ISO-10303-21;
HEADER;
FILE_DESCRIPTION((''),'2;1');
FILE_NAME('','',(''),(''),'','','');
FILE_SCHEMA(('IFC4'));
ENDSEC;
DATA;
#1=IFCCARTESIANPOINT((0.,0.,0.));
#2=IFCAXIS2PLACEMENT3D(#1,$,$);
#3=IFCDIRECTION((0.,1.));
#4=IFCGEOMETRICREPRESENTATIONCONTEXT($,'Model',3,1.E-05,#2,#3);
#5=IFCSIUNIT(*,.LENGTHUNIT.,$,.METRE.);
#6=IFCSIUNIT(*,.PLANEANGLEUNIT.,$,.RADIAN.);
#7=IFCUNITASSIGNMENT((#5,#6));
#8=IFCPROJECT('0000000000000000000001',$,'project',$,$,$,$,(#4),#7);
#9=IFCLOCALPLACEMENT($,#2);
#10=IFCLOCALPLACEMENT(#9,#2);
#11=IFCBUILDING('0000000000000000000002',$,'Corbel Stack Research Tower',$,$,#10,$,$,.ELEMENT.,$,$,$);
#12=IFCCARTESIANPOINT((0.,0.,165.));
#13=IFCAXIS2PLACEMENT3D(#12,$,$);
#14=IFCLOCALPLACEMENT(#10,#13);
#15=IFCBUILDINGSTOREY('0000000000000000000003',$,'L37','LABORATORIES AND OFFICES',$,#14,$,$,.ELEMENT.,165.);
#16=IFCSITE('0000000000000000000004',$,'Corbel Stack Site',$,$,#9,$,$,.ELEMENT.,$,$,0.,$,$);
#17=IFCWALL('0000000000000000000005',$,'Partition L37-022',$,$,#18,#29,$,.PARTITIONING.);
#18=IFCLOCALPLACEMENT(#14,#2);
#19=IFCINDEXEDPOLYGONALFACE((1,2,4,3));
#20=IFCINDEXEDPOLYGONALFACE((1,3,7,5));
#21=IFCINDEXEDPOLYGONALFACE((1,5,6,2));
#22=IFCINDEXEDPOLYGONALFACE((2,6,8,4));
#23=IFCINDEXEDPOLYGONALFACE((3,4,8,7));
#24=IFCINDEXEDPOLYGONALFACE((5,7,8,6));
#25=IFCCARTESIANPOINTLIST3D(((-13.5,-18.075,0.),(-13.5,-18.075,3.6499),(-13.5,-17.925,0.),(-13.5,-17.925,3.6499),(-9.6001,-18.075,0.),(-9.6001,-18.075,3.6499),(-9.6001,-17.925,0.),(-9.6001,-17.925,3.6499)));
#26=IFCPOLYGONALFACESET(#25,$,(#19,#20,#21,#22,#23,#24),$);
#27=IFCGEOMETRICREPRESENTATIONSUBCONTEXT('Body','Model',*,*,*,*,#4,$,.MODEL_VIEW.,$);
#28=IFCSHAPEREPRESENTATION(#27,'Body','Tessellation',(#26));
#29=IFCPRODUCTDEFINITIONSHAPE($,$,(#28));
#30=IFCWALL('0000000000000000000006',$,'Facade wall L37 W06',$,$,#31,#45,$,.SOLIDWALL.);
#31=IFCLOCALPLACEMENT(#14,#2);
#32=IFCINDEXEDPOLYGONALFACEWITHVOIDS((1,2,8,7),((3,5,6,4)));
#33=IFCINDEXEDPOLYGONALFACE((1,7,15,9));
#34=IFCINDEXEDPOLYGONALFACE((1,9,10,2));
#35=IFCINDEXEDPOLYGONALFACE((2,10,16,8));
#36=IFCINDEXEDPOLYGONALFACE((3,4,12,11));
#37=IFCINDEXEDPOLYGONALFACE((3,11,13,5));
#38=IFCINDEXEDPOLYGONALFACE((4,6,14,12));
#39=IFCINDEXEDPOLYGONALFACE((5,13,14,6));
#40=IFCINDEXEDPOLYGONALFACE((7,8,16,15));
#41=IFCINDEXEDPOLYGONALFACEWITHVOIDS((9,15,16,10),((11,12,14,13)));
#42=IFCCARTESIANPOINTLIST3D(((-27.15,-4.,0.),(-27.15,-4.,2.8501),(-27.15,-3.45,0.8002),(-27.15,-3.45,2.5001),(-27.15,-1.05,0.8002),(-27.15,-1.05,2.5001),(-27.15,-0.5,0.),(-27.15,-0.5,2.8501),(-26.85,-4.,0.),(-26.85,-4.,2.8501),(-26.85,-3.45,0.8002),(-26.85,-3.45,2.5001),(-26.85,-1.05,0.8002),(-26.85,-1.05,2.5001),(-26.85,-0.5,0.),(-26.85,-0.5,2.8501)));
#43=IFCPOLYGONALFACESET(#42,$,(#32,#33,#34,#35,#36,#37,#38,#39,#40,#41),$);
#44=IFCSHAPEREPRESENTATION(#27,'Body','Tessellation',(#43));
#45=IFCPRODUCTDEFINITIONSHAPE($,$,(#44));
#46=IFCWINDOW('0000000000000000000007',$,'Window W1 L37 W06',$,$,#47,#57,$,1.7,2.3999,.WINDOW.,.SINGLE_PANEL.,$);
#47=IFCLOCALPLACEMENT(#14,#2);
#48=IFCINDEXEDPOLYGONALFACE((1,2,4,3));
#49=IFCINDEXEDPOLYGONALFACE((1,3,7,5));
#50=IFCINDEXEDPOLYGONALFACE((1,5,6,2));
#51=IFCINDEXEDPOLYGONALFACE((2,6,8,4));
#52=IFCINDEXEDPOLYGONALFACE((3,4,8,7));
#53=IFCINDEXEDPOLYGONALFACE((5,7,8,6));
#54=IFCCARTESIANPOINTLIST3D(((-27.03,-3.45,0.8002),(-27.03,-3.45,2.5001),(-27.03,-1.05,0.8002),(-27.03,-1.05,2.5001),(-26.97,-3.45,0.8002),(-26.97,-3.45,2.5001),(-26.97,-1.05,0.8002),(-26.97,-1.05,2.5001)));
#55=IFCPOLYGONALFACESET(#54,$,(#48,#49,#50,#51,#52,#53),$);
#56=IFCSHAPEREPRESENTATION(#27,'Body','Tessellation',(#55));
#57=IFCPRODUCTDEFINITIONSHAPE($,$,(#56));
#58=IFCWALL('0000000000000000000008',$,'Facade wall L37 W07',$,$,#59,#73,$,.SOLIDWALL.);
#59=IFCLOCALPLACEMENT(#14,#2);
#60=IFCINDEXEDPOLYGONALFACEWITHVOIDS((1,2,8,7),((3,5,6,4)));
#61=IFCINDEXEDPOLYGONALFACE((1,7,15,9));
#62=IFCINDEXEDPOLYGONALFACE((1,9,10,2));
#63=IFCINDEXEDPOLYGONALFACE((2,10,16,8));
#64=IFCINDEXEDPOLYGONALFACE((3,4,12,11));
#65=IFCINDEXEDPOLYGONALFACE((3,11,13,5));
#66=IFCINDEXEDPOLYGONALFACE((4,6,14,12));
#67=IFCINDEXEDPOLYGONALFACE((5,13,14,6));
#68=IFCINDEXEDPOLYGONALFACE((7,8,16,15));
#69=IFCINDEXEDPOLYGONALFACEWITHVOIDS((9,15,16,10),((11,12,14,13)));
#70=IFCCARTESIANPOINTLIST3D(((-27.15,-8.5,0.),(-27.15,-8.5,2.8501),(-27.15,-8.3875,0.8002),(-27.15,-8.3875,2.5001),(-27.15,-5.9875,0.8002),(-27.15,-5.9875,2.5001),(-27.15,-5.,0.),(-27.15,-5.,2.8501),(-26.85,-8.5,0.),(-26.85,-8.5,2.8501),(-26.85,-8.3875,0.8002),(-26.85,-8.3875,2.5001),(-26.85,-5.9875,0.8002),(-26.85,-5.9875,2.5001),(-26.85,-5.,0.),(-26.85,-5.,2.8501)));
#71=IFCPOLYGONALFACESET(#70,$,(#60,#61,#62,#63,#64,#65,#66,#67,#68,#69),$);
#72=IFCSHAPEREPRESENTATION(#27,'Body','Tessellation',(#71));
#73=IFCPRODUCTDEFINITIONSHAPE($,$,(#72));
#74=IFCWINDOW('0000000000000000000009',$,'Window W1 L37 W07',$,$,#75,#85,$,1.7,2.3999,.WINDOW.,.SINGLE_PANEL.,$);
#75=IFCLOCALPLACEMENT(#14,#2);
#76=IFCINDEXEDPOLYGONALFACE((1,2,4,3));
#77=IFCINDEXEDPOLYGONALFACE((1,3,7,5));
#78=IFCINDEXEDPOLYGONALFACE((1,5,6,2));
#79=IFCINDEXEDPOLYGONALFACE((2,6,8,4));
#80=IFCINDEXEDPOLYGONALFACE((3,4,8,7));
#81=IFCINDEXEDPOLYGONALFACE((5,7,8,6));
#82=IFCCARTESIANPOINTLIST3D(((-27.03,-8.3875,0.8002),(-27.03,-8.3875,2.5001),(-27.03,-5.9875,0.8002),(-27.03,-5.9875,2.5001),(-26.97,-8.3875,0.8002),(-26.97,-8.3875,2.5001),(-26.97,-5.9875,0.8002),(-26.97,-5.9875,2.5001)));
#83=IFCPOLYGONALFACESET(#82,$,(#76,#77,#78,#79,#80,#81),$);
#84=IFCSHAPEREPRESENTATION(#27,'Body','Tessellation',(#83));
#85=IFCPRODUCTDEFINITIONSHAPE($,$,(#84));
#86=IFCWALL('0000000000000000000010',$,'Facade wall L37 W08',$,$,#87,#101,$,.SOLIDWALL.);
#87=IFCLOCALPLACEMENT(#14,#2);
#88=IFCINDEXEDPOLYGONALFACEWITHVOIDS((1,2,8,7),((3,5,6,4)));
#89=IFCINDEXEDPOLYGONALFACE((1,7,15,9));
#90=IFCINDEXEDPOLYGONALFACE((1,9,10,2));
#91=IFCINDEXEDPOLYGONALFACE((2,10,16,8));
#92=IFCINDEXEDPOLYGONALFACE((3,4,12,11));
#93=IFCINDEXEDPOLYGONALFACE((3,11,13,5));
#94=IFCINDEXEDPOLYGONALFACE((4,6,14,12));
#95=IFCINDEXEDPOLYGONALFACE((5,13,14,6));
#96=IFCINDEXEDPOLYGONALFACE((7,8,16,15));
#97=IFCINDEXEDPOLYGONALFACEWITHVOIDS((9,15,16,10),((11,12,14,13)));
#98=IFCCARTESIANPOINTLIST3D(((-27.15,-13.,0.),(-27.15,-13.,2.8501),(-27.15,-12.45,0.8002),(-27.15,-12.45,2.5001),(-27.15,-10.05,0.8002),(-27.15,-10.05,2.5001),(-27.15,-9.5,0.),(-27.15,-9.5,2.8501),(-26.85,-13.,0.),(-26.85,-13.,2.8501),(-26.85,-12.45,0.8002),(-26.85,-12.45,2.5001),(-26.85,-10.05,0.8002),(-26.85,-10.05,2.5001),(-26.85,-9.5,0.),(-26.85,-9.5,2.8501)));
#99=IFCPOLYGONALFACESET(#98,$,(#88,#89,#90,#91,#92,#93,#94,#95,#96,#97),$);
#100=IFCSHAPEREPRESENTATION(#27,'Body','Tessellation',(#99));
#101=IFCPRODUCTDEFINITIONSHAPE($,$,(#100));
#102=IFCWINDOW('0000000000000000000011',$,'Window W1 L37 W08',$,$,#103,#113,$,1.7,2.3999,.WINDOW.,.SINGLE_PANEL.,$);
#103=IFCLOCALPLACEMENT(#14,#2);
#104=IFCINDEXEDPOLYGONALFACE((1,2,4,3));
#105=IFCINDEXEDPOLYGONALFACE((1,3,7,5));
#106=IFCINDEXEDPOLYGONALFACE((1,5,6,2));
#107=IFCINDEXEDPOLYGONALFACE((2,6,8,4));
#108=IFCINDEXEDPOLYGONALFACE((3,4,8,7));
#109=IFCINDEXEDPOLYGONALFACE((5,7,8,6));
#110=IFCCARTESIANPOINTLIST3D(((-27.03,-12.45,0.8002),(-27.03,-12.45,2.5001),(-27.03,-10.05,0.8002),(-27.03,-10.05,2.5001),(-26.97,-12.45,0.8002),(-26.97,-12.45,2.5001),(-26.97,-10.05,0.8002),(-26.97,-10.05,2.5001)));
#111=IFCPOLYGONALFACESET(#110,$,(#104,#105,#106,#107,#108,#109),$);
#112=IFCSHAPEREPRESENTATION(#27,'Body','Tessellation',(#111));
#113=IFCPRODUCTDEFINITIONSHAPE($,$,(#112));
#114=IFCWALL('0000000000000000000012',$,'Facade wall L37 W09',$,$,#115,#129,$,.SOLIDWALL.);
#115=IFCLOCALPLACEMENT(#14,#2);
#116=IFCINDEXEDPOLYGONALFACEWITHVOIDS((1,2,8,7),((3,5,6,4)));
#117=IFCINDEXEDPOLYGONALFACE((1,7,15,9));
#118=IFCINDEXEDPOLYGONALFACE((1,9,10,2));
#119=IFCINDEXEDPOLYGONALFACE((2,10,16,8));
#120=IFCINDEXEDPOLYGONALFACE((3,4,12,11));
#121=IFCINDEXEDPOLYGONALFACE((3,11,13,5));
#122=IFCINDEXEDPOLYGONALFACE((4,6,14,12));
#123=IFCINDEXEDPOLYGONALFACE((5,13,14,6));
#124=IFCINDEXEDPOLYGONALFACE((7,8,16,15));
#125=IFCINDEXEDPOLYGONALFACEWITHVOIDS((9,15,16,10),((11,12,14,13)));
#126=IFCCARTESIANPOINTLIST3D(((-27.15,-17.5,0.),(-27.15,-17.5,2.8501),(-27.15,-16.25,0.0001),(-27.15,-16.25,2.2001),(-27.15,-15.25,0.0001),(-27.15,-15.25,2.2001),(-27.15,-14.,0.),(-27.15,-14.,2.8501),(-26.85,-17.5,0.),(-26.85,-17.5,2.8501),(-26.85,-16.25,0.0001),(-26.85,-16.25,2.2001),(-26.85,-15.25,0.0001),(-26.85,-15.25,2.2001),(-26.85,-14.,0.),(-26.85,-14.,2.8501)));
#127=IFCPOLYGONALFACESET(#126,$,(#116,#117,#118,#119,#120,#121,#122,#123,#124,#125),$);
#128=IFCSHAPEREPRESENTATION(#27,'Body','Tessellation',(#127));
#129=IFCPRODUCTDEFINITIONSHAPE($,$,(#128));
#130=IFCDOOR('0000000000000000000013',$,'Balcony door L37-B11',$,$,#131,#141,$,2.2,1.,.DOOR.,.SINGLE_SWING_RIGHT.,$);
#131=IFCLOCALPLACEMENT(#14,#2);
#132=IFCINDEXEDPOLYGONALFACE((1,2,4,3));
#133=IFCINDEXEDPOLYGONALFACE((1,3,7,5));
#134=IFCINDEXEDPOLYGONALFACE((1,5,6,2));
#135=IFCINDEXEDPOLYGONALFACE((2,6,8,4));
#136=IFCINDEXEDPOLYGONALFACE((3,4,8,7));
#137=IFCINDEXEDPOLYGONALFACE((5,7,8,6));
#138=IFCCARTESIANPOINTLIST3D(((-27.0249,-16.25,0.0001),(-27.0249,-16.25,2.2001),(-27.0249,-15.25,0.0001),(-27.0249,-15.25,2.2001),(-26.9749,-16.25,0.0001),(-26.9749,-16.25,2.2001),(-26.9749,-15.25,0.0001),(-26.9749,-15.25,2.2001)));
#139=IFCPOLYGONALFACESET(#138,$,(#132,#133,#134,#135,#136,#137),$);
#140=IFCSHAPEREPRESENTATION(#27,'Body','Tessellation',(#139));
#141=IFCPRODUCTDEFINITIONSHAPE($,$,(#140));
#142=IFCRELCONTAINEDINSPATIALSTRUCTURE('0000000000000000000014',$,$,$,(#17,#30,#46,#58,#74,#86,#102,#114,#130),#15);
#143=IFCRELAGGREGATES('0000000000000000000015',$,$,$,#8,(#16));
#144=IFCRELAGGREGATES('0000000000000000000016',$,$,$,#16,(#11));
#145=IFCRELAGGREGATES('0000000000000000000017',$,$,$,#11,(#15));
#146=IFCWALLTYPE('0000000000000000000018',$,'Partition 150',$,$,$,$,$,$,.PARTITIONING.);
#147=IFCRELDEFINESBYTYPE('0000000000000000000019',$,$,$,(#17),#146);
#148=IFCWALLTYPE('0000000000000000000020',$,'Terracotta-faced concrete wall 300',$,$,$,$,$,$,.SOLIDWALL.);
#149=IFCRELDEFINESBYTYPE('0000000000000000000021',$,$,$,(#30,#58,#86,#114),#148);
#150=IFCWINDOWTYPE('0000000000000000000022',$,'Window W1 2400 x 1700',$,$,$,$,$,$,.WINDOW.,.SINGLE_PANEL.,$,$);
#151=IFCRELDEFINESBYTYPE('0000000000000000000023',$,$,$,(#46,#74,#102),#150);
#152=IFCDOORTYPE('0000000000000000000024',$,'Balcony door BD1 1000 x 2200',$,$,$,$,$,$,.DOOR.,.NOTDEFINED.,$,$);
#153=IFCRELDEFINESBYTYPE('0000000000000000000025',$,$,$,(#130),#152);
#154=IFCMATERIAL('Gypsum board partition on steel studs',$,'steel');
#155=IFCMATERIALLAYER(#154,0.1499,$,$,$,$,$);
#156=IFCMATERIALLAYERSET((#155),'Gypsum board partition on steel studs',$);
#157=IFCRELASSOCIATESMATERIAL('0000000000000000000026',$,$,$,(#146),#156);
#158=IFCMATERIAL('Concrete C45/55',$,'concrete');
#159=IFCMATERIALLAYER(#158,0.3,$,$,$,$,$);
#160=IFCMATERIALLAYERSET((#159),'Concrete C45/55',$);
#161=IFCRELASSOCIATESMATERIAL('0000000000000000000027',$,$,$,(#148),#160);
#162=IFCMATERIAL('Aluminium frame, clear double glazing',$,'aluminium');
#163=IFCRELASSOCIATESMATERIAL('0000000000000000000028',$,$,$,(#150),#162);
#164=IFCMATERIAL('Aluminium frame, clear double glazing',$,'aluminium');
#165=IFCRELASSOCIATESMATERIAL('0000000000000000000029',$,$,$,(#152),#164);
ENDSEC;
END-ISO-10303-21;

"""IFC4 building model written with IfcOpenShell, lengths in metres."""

from ifc_helpers import new_model, si_unit, direction, frame, frame_2d, origin, place, context, subcontext, project, spatial, rectangle, extrude, material, layer, layer_set, type_object, element, fill, save


model = new_model("IFC4")

# Units and contexts
model_context = context("Model", 3, precision=1e-05, world=origin(), true_north=direction((0.0, 1.0)))
body_context = subcontext(model_context, "Body", "Model", "MODEL_VIEW")
ifc_project = project(units=[si_unit("LENGTHUNIT", "METRE"), si_unit("PLANEANGLEUNIT", "RADIAN")], contexts=[model_context])

# Site, building, storey
site_placement = place(None, origin())
site = spatial("IfcSite", under=ifc_project, at=site_placement, Name="Corbel Stack Site", CompositionType="ELEMENT", RefElevation=0.0)
building_placement = place(site_placement, origin())
building = spatial("IfcBuilding", under=site, at=building_placement, Name="Corbel Stack Research Tower", CompositionType="ELEMENT")
storey_placement = place(building_placement, frame((0.0, 0.0, 165.0)))
storey = spatial("IfcBuildingStorey", under=building, at=storey_placement, Name="L37", Description="LABORATORIES AND OFFICES", CompositionType="ELEMENT", Elevation=165.0)

# Wall
ifc_material_1 = material(Name="Gypsum board partition on steel studs", Category="steel")
ifc_layer_1 = layer(ifc_material_1, 0.1499)
ifc_layer_set_1 = layer_set([ifc_layer_1], Name="Gypsum board partition on steel studs")
wall_type_1 = type_object("IfcWallType", Name="Partition 150", PredefinedType="PARTITIONING", material=ifc_layer_set_1)
wall_1_placement = place(storey_placement, frame((-13.5, -18.0, 0.0), z_axis=(0.0, 0.0, 1.0), x_axis=(1.0, 0.0, 0.0)))
element("IfcWall", 1, at=wall_1_placement, inside=storey, type_object=wall_type_1, Name="Partition L37-022", PredefinedType="PARTITIONING", context=body_context, shape_type="SweptSolid", body=[
    extrude(rectangle(XDim=3.8999, YDim=0.1499, at=frame_2d((1.95, 0.0))), origin(), (0.0, 0.0, 1.0), 3.6499),
])

# Walls, openings, windows
ifc_material_2 = material(Name="Concrete C45/55", Category="concrete")
ifc_layer_2 = layer(ifc_material_2, 0.3)
ifc_layer_set_2 = layer_set([ifc_layer_2], Name="Concrete C45/55")
wall_type_2 = type_object("IfcWallType", Name="Terracotta-faced concrete wall 300", PredefinedType="SOLIDWALL", material=ifc_layer_set_2)
wall_2_placement = place(storey_placement, frame((-27.0, -4.0, 0.0), z_axis=(0.0, 0.0, 1.0), x_axis=(0.0, 1.0, 0.0)))
wall_2 = element("IfcWall", 2, at=wall_2_placement, inside=storey, type_object=wall_type_2, Name="Facade wall L37 W06", PredefinedType="SOLIDWALL", context=body_context, shape_type="SweptSolid", body=[
    extrude(rectangle(XDim=3.5, YDim=0.3, at=frame_2d((1.75, 0.0))), origin(), (0.0, 0.0, 1.0), 2.8501),
])
opening_1_placement = place(wall_2_placement, frame((0.55, 0.0, 0.8)))
opening_1 = element("IfcOpeningElement", 3, at=opening_1_placement, cuts=wall_2, PredefinedType="OPENING", context=body_context, shape_type="SweptSolid", body=[
    extrude(rectangle(XDim=2.3999, YDim=1.7, at=frame_2d((1.2, 0.8501))), frame((0.0, 0.1599, 0.0), z_axis=(0.0, -1.0, 0.0), x_axis=(1.0, 0.0, 0.0)), (0.0, 0.0, 1.0), 0.3201),
])
ifc_material_3 = material(Name="Aluminium frame, clear double glazing", Category="aluminium")
window_type = type_object("IfcWindowType", Name="Window W1 2400 x 1700", PartitioningType="SINGLE_PANEL", PredefinedType="WINDOW", material=ifc_material_3)
window_1_placement = place(opening_1_placement, origin())
window_1 = element("IfcWindow", 4, at=window_1_placement, inside=storey, type_object=window_type, Name="Window W1 L37 W06", OverallHeight=1.7, OverallWidth=2.3999, PartitioningType="SINGLE_PANEL", PredefinedType="WINDOW", context=body_context, shape_type="SweptSolid", body=[
    extrude(rectangle(XDim=2.3999, YDim=1.7, at=frame_2d((1.2, 0.8501))), frame((0.0, 0.03, 0.0), z_axis=(0.0, -1.0, 0.0), x_axis=(1.0, 0.0, 0.0)), (0.0, 0.0, 1.0), 0.0601),
])
fill(opening_1, window_1)
wall_3_placement = place(storey_placement, frame((-27.0, -8.5, 0.0), z_axis=(0.0, 0.0, 1.0), x_axis=(0.0, 1.0, 0.0)))
wall_3 = element("IfcWall", 5, at=wall_3_placement, inside=storey, type_object=wall_type_2, Name="Facade wall L37 W07", PredefinedType="SOLIDWALL", context=body_context, shape_type="SweptSolid", body=[
    extrude(rectangle(XDim=3.5, YDim=0.3, at=frame_2d((1.75, 0.0))), origin(), (0.0, 0.0, 1.0), 2.8501),
])
opening_2_placement = place(wall_3_placement, frame((0.1125, 0.0, 0.8)))
opening_2 = element("IfcOpeningElement", 6, at=opening_2_placement, cuts=wall_3, PredefinedType="OPENING", context=body_context, shape_type="SweptSolid", body=[
    extrude(rectangle(XDim=2.3999, YDim=1.7, at=frame_2d((1.2, 0.8501))), frame((0.0, 0.1599, 0.0), z_axis=(0.0, -1.0, 0.0), x_axis=(1.0, 0.0, 0.0)), (0.0, 0.0, 1.0), 0.3201),
])
window_2_placement = place(opening_2_placement, origin())
window_2 = element("IfcWindow", 7, at=window_2_placement, inside=storey, type_object=window_type, Name="Window W1 L37 W07", OverallHeight=1.7, OverallWidth=2.3999, PartitioningType="SINGLE_PANEL", PredefinedType="WINDOW", context=body_context, shape_type="SweptSolid", body=[
    extrude(rectangle(XDim=2.3999, YDim=1.7, at=frame_2d((1.2, 0.8501))), frame((0.0, 0.03, 0.0), z_axis=(0.0, -1.0, 0.0), x_axis=(1.0, 0.0, 0.0)), (0.0, 0.0, 1.0), 0.0601),
])
fill(opening_2, window_2)
wall_4_placement = place(storey_placement, frame((-27.0, -13.0, 0.0), z_axis=(0.0, 0.0, 1.0), x_axis=(0.0, 1.0, 0.0)))
wall_4 = element("IfcWall", 8, at=wall_4_placement, inside=storey, type_object=wall_type_2, Name="Facade wall L37 W08", PredefinedType="SOLIDWALL", context=body_context, shape_type="SweptSolid", body=[
    extrude(rectangle(XDim=3.5, YDim=0.3, at=frame_2d((1.75, 0.0))), origin(), (0.0, 0.0, 1.0), 2.8501),
])
opening_3_placement = place(wall_4_placement, frame((0.55, 0.0, 0.8)))
opening_3 = element("IfcOpeningElement", 9, at=opening_3_placement, cuts=wall_4, PredefinedType="OPENING", context=body_context, shape_type="SweptSolid", body=[
    extrude(rectangle(XDim=2.3999, YDim=1.7, at=frame_2d((1.2, 0.8501))), frame((0.0, 0.1599, 0.0), z_axis=(0.0, -1.0, 0.0), x_axis=(1.0, 0.0, 0.0)), (0.0, 0.0, 1.0), 0.3201),
])
window_3_placement = place(opening_3_placement, origin())
window_3 = element("IfcWindow", 10, at=window_3_placement, inside=storey, type_object=window_type, Name="Window W1 L37 W08", OverallHeight=1.7, OverallWidth=2.3999, PartitioningType="SINGLE_PANEL", PredefinedType="WINDOW", context=body_context, shape_type="SweptSolid", body=[
    extrude(rectangle(XDim=2.3999, YDim=1.7, at=frame_2d((1.2, 0.8501))), frame((0.0, 0.03, 0.0), z_axis=(0.0, -1.0, 0.0), x_axis=(1.0, 0.0, 0.0)), (0.0, 0.0, 1.0), 0.0601),
])
fill(opening_3, window_3)

# Wall, opening, door
wall_5_placement = place(storey_placement, frame((-27.0, -17.5, 0.0), z_axis=(0.0, 0.0, 1.0), x_axis=(0.0, 1.0, 0.0)))
wall_5 = element("IfcWall", 11, at=wall_5_placement, inside=storey, type_object=wall_type_2, Name="Facade wall L37 W09", PredefinedType="SOLIDWALL", context=body_context, shape_type="SweptSolid", body=[
    extrude(rectangle(XDim=3.5, YDim=0.3, at=frame_2d((1.75, 0.0))), origin(), (0.0, 0.0, 1.0), 2.8501),
])
opening_4_placement = place(wall_5_placement, frame((1.25, 0.0, 0.0)))
opening_4 = element("IfcOpeningElement", 12, at=opening_4_placement, cuts=wall_5, PredefinedType="OPENING", context=body_context, shape_type="SweptSolid", body=[
    extrude(rectangle(XDim=1.0, YDim=2.2, at=frame_2d((0.5, 1.1001))), frame((0.0, 0.1599, 0.0), z_axis=(0.0, -1.0, 0.0), x_axis=(1.0, 0.0, 0.0)), (0.0, 0.0, 1.0), 0.3201),
])
ifc_material_4 = material(Name="Aluminium frame, clear double glazing", Category="aluminium")
door_type = type_object("IfcDoorType", Name="Balcony door BD1 1000 x 2200", OperationType="NOTDEFINED", PredefinedType="DOOR", material=ifc_material_4)
door_placement = place(opening_4_placement, origin())
door = element("IfcDoor", 13, at=door_placement, inside=storey, type_object=door_type, Name="Balcony door L37-B11", OperationType="SINGLE_SWING_RIGHT", OverallHeight=2.2, OverallWidth=1.0, PredefinedType="DOOR", context=body_context, shape_type="SweptSolid", body=[
    extrude(rectangle(XDim=1.0, YDim=2.2, at=frame_2d((0.5, 1.1001))), frame((0.0, 0.0249, 0.0), z_axis=(0.0, -1.0, 0.0), x_axis=(1.0, 0.0, 0.0)), (0.0, 0.0, 1.0), 0.05),
])
fill(opening_4, door)

save(model, "model.ifc")
